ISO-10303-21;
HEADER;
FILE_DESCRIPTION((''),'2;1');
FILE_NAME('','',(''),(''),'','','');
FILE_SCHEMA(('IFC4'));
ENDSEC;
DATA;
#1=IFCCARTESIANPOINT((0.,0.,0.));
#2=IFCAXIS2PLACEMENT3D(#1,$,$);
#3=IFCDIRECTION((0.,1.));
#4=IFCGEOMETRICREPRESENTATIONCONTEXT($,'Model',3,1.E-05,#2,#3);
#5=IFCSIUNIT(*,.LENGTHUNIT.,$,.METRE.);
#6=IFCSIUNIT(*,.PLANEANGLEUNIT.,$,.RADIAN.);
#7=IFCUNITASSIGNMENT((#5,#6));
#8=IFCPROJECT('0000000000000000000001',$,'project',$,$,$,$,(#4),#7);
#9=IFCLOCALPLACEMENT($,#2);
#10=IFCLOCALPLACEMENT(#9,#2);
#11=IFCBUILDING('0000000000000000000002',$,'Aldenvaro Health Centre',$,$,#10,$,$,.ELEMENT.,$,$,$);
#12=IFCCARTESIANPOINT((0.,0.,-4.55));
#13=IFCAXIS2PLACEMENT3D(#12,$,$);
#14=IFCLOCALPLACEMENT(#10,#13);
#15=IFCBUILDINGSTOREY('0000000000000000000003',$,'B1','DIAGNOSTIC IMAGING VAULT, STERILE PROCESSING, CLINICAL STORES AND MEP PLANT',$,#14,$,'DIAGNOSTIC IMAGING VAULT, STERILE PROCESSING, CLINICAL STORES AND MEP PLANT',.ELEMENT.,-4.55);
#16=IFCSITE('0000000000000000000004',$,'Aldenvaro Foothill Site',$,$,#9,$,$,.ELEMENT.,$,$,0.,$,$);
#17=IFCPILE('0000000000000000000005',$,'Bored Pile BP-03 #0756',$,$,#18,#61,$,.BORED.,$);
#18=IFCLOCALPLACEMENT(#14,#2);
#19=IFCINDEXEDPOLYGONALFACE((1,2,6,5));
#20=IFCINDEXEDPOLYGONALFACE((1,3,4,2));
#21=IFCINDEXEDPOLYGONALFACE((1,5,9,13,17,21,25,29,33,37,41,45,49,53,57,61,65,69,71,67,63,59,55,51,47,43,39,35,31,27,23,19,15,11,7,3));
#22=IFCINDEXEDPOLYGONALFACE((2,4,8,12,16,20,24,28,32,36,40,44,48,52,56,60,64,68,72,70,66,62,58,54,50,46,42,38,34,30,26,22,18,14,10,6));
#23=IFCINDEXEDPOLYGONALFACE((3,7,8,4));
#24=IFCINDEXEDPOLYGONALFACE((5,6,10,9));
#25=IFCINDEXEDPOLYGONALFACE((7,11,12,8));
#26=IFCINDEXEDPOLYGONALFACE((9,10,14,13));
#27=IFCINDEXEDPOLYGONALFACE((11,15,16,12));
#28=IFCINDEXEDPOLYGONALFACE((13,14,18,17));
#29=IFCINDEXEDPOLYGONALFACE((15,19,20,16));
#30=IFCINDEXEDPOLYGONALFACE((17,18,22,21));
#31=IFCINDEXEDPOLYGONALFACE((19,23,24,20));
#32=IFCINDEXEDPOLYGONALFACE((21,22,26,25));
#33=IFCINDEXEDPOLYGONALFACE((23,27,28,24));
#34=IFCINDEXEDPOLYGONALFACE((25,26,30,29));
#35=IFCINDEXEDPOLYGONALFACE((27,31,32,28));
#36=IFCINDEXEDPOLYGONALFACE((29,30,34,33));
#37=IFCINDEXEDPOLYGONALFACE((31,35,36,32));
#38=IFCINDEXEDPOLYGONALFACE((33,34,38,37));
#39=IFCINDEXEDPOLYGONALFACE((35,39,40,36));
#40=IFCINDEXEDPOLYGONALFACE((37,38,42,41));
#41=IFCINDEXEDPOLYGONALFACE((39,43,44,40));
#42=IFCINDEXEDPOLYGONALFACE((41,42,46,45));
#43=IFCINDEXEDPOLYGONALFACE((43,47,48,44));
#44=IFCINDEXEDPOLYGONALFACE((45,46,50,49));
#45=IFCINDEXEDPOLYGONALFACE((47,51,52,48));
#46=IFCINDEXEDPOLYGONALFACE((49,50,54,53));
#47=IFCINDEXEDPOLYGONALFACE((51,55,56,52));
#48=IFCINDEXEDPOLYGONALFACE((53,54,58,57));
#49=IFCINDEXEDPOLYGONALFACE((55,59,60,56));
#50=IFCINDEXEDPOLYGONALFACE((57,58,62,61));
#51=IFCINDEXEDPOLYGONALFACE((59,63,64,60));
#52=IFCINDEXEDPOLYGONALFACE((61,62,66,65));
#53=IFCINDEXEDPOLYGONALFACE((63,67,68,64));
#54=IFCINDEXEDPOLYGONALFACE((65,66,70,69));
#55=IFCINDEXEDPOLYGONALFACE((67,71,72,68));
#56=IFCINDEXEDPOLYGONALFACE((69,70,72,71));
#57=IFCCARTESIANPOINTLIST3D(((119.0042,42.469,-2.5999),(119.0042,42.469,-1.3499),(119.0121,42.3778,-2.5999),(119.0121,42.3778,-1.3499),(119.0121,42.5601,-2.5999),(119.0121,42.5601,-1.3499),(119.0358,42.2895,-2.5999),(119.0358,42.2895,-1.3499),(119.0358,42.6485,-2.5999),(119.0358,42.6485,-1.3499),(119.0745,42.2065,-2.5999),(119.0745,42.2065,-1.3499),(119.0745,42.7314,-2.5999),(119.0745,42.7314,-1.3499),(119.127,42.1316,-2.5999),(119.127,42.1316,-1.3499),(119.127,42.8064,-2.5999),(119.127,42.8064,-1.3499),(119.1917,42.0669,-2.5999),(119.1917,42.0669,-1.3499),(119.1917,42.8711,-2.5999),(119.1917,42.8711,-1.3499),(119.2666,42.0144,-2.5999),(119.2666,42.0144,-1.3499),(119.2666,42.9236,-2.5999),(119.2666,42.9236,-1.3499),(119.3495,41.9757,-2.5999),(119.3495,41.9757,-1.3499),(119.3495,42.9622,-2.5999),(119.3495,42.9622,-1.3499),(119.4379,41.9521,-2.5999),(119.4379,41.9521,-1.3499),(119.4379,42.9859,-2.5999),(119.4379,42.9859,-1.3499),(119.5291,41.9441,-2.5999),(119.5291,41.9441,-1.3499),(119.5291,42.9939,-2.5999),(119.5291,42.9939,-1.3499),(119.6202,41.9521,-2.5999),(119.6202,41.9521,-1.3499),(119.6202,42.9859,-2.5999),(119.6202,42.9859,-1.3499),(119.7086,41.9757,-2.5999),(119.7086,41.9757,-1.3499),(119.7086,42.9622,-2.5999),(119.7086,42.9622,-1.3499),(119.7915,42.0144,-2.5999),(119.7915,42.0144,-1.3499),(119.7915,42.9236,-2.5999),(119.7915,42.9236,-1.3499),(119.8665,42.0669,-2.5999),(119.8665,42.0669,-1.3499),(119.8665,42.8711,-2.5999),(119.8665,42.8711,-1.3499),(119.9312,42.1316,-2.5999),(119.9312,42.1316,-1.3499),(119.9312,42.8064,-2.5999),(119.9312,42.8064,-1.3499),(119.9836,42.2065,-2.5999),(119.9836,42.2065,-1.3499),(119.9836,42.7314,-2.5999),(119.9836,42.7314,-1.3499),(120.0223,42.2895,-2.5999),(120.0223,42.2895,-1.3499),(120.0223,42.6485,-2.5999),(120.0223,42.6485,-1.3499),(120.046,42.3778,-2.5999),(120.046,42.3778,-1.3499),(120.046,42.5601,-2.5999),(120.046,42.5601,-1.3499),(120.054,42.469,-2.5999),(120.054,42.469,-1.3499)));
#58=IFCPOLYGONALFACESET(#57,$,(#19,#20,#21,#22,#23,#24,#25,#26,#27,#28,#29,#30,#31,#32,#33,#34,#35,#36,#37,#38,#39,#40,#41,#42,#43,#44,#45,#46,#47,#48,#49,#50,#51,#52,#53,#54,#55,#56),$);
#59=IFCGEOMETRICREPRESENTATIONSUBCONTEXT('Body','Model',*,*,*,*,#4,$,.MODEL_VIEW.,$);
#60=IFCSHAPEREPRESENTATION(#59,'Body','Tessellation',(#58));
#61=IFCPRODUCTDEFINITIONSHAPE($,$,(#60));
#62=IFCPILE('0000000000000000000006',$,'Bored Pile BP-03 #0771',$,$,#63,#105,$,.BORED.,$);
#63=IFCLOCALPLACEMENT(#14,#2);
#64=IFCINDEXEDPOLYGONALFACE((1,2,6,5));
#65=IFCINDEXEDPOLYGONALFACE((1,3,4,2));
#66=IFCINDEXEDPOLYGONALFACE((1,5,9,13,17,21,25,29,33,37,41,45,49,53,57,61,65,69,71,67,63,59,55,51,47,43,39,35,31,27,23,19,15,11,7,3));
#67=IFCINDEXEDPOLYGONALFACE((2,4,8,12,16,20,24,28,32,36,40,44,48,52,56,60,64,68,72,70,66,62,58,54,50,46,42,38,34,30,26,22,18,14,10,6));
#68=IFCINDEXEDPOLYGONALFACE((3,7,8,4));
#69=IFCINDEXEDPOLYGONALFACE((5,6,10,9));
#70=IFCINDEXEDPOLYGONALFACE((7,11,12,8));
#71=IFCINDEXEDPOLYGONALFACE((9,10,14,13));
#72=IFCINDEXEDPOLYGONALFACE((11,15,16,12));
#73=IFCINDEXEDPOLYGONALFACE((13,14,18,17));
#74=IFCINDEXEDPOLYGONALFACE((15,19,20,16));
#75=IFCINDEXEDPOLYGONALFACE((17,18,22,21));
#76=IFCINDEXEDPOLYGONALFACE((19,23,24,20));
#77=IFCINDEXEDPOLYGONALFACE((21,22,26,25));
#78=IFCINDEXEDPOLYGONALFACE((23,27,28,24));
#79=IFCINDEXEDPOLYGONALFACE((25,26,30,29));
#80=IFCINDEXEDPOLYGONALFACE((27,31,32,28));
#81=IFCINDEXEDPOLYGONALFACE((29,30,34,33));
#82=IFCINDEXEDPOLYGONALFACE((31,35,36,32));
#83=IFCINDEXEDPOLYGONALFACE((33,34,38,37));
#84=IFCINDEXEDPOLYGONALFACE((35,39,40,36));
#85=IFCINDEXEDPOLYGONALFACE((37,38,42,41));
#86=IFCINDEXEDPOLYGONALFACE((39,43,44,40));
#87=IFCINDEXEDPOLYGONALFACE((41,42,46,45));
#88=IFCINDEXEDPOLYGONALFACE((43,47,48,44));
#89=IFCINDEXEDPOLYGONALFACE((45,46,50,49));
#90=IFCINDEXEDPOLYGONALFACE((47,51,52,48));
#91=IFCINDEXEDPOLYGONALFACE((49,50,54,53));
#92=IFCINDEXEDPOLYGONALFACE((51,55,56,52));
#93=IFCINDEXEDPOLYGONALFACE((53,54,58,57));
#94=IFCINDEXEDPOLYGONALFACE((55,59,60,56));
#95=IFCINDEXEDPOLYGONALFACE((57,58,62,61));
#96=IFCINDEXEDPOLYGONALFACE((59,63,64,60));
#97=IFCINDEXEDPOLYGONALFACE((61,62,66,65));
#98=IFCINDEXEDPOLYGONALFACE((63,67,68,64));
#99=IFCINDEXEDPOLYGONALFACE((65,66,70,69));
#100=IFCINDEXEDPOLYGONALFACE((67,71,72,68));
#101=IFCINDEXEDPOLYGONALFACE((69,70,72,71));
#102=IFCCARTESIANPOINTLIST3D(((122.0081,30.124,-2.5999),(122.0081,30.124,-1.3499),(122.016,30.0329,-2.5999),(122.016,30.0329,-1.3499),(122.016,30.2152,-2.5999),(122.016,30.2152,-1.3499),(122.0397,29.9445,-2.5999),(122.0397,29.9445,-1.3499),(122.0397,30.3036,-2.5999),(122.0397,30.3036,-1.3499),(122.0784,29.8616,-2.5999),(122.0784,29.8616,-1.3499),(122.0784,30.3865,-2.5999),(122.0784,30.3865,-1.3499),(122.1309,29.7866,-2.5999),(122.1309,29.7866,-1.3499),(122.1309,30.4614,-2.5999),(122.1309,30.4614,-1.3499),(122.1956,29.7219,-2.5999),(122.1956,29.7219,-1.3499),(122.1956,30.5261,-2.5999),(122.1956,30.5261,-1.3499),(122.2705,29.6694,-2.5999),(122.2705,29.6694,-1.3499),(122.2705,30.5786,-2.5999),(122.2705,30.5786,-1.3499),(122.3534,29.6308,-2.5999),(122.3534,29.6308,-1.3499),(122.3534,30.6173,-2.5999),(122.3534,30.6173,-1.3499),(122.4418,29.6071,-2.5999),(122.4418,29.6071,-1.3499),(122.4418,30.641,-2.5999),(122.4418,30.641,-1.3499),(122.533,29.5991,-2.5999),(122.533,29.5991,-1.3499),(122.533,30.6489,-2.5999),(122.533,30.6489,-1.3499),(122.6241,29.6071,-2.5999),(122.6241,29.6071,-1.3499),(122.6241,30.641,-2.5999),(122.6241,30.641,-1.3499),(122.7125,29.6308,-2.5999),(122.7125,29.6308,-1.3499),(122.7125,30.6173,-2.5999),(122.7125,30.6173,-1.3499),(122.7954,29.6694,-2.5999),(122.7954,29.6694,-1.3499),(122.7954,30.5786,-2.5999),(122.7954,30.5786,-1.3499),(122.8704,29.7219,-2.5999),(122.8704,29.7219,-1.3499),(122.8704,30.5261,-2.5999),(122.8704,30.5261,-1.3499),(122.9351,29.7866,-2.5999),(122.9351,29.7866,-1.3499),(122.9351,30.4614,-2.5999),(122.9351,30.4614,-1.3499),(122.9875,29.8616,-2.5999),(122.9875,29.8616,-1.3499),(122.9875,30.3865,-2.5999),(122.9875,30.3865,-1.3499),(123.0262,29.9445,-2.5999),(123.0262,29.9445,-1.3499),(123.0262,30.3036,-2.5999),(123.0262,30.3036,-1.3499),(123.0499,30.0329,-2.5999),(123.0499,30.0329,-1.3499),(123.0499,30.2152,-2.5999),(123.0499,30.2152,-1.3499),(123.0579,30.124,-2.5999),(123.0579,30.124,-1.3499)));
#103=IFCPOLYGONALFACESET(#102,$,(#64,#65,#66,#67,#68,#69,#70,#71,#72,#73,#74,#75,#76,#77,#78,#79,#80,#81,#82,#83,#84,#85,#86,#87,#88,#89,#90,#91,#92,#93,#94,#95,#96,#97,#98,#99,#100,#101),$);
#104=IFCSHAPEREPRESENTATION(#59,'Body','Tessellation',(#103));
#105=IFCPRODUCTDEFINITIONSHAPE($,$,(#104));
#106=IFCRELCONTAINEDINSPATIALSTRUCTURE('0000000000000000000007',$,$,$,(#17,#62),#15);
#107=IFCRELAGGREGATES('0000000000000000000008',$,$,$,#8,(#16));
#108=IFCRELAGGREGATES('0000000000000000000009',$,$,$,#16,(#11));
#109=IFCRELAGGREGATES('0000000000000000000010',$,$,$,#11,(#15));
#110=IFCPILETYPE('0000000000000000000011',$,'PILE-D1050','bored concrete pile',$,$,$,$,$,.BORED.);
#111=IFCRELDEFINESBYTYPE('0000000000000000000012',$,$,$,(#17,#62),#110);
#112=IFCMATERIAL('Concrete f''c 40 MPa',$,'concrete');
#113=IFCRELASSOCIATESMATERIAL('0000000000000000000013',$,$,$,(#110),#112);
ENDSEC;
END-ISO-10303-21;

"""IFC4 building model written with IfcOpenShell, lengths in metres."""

from ifc_helpers import new_model, si_unit, direction, frame, origin, origin_2d, place, context, subcontext, project, spatial, circle, extrude, material, material_profile, profile_set, type_object, element, save


model = new_model("IFC4")

# Units and contexts
model_context = context("Model", 3, precision=1e-05, world=origin(), true_north=direction((0.0, 1.0)))
body_context = subcontext(model_context, "Body", "Model", "MODEL_VIEW")
ifc_project = project(units=[si_unit("LENGTHUNIT", "METRE"), si_unit("PLANEANGLEUNIT", "RADIAN")], contexts=[model_context])

# Site, building, storey
site_placement = place(None, origin())
site = spatial("IfcSite", under=ifc_project, at=site_placement, Name="Aldenvaro Foothill Site", CompositionType="ELEMENT", RefElevation=0.0)
building_placement = place(site_placement, origin())
building = spatial("IfcBuilding", under=site, at=building_placement, Name="Aldenvaro Health Centre", CompositionType="ELEMENT")
storey_placement = place(building_placement, frame((0.0, 0.0, -4.55)))
storey = spatial("IfcBuildingStorey", under=building, at=storey_placement, Name="B1", Description="DIAGNOSTIC IMAGING VAULT, STERILE PROCESSING, CLINICAL STORES AND MEP PLANT", LongName="DIAGNOSTIC IMAGING VAULT, STERILE PROCESSING, CLINICAL STORES AND MEP PLANT", CompositionType="ELEMENT", Elevation=-4.55)

# Piles
ifc_material = material(Name="Concrete f'c 40 MPa", Category="concrete")
ifc_material_profile = material_profile(ifc_material, circle(Radius=0.5249, at=origin_2d()), Name="PILE D1050", Category="concrete")
ifc_profile_set = profile_set([ifc_material_profile], Name="Concrete f'c 40 MPa")
pile_type = type_object("IfcPileType", Name="PILE-D1050", Description="bored concrete pile", PredefinedType="BORED", material=ifc_profile_set)
for number, where, z_axis, x_axis, name in (
    (1, (119.5291, 42.469, -1.3499), (0.0, 0.0, -1.0), (1.0, 0.0, 0.0), "Bored Pile BP-03 #0756"),
    (2, (122.533, 30.124, -1.3499), (0.0, 0.0, -1.0), (1.0, 0.0, 0.0), "Bored Pile BP-03 #0771"),
):
    element("IfcPile", number, at=place(storey_placement, frame(where, z_axis=z_axis, x_axis=x_axis)), inside=storey, type_object=pile_type, Name=name, PredefinedType="BORED", context=body_context, shape_type="SweptSolid", body=[
        extrude(circle(Radius=0.5249, at=origin_2d()), origin(), (0.0, 0.0, 1.0), 1.25),
    ])

save(model, "model.ifc")
